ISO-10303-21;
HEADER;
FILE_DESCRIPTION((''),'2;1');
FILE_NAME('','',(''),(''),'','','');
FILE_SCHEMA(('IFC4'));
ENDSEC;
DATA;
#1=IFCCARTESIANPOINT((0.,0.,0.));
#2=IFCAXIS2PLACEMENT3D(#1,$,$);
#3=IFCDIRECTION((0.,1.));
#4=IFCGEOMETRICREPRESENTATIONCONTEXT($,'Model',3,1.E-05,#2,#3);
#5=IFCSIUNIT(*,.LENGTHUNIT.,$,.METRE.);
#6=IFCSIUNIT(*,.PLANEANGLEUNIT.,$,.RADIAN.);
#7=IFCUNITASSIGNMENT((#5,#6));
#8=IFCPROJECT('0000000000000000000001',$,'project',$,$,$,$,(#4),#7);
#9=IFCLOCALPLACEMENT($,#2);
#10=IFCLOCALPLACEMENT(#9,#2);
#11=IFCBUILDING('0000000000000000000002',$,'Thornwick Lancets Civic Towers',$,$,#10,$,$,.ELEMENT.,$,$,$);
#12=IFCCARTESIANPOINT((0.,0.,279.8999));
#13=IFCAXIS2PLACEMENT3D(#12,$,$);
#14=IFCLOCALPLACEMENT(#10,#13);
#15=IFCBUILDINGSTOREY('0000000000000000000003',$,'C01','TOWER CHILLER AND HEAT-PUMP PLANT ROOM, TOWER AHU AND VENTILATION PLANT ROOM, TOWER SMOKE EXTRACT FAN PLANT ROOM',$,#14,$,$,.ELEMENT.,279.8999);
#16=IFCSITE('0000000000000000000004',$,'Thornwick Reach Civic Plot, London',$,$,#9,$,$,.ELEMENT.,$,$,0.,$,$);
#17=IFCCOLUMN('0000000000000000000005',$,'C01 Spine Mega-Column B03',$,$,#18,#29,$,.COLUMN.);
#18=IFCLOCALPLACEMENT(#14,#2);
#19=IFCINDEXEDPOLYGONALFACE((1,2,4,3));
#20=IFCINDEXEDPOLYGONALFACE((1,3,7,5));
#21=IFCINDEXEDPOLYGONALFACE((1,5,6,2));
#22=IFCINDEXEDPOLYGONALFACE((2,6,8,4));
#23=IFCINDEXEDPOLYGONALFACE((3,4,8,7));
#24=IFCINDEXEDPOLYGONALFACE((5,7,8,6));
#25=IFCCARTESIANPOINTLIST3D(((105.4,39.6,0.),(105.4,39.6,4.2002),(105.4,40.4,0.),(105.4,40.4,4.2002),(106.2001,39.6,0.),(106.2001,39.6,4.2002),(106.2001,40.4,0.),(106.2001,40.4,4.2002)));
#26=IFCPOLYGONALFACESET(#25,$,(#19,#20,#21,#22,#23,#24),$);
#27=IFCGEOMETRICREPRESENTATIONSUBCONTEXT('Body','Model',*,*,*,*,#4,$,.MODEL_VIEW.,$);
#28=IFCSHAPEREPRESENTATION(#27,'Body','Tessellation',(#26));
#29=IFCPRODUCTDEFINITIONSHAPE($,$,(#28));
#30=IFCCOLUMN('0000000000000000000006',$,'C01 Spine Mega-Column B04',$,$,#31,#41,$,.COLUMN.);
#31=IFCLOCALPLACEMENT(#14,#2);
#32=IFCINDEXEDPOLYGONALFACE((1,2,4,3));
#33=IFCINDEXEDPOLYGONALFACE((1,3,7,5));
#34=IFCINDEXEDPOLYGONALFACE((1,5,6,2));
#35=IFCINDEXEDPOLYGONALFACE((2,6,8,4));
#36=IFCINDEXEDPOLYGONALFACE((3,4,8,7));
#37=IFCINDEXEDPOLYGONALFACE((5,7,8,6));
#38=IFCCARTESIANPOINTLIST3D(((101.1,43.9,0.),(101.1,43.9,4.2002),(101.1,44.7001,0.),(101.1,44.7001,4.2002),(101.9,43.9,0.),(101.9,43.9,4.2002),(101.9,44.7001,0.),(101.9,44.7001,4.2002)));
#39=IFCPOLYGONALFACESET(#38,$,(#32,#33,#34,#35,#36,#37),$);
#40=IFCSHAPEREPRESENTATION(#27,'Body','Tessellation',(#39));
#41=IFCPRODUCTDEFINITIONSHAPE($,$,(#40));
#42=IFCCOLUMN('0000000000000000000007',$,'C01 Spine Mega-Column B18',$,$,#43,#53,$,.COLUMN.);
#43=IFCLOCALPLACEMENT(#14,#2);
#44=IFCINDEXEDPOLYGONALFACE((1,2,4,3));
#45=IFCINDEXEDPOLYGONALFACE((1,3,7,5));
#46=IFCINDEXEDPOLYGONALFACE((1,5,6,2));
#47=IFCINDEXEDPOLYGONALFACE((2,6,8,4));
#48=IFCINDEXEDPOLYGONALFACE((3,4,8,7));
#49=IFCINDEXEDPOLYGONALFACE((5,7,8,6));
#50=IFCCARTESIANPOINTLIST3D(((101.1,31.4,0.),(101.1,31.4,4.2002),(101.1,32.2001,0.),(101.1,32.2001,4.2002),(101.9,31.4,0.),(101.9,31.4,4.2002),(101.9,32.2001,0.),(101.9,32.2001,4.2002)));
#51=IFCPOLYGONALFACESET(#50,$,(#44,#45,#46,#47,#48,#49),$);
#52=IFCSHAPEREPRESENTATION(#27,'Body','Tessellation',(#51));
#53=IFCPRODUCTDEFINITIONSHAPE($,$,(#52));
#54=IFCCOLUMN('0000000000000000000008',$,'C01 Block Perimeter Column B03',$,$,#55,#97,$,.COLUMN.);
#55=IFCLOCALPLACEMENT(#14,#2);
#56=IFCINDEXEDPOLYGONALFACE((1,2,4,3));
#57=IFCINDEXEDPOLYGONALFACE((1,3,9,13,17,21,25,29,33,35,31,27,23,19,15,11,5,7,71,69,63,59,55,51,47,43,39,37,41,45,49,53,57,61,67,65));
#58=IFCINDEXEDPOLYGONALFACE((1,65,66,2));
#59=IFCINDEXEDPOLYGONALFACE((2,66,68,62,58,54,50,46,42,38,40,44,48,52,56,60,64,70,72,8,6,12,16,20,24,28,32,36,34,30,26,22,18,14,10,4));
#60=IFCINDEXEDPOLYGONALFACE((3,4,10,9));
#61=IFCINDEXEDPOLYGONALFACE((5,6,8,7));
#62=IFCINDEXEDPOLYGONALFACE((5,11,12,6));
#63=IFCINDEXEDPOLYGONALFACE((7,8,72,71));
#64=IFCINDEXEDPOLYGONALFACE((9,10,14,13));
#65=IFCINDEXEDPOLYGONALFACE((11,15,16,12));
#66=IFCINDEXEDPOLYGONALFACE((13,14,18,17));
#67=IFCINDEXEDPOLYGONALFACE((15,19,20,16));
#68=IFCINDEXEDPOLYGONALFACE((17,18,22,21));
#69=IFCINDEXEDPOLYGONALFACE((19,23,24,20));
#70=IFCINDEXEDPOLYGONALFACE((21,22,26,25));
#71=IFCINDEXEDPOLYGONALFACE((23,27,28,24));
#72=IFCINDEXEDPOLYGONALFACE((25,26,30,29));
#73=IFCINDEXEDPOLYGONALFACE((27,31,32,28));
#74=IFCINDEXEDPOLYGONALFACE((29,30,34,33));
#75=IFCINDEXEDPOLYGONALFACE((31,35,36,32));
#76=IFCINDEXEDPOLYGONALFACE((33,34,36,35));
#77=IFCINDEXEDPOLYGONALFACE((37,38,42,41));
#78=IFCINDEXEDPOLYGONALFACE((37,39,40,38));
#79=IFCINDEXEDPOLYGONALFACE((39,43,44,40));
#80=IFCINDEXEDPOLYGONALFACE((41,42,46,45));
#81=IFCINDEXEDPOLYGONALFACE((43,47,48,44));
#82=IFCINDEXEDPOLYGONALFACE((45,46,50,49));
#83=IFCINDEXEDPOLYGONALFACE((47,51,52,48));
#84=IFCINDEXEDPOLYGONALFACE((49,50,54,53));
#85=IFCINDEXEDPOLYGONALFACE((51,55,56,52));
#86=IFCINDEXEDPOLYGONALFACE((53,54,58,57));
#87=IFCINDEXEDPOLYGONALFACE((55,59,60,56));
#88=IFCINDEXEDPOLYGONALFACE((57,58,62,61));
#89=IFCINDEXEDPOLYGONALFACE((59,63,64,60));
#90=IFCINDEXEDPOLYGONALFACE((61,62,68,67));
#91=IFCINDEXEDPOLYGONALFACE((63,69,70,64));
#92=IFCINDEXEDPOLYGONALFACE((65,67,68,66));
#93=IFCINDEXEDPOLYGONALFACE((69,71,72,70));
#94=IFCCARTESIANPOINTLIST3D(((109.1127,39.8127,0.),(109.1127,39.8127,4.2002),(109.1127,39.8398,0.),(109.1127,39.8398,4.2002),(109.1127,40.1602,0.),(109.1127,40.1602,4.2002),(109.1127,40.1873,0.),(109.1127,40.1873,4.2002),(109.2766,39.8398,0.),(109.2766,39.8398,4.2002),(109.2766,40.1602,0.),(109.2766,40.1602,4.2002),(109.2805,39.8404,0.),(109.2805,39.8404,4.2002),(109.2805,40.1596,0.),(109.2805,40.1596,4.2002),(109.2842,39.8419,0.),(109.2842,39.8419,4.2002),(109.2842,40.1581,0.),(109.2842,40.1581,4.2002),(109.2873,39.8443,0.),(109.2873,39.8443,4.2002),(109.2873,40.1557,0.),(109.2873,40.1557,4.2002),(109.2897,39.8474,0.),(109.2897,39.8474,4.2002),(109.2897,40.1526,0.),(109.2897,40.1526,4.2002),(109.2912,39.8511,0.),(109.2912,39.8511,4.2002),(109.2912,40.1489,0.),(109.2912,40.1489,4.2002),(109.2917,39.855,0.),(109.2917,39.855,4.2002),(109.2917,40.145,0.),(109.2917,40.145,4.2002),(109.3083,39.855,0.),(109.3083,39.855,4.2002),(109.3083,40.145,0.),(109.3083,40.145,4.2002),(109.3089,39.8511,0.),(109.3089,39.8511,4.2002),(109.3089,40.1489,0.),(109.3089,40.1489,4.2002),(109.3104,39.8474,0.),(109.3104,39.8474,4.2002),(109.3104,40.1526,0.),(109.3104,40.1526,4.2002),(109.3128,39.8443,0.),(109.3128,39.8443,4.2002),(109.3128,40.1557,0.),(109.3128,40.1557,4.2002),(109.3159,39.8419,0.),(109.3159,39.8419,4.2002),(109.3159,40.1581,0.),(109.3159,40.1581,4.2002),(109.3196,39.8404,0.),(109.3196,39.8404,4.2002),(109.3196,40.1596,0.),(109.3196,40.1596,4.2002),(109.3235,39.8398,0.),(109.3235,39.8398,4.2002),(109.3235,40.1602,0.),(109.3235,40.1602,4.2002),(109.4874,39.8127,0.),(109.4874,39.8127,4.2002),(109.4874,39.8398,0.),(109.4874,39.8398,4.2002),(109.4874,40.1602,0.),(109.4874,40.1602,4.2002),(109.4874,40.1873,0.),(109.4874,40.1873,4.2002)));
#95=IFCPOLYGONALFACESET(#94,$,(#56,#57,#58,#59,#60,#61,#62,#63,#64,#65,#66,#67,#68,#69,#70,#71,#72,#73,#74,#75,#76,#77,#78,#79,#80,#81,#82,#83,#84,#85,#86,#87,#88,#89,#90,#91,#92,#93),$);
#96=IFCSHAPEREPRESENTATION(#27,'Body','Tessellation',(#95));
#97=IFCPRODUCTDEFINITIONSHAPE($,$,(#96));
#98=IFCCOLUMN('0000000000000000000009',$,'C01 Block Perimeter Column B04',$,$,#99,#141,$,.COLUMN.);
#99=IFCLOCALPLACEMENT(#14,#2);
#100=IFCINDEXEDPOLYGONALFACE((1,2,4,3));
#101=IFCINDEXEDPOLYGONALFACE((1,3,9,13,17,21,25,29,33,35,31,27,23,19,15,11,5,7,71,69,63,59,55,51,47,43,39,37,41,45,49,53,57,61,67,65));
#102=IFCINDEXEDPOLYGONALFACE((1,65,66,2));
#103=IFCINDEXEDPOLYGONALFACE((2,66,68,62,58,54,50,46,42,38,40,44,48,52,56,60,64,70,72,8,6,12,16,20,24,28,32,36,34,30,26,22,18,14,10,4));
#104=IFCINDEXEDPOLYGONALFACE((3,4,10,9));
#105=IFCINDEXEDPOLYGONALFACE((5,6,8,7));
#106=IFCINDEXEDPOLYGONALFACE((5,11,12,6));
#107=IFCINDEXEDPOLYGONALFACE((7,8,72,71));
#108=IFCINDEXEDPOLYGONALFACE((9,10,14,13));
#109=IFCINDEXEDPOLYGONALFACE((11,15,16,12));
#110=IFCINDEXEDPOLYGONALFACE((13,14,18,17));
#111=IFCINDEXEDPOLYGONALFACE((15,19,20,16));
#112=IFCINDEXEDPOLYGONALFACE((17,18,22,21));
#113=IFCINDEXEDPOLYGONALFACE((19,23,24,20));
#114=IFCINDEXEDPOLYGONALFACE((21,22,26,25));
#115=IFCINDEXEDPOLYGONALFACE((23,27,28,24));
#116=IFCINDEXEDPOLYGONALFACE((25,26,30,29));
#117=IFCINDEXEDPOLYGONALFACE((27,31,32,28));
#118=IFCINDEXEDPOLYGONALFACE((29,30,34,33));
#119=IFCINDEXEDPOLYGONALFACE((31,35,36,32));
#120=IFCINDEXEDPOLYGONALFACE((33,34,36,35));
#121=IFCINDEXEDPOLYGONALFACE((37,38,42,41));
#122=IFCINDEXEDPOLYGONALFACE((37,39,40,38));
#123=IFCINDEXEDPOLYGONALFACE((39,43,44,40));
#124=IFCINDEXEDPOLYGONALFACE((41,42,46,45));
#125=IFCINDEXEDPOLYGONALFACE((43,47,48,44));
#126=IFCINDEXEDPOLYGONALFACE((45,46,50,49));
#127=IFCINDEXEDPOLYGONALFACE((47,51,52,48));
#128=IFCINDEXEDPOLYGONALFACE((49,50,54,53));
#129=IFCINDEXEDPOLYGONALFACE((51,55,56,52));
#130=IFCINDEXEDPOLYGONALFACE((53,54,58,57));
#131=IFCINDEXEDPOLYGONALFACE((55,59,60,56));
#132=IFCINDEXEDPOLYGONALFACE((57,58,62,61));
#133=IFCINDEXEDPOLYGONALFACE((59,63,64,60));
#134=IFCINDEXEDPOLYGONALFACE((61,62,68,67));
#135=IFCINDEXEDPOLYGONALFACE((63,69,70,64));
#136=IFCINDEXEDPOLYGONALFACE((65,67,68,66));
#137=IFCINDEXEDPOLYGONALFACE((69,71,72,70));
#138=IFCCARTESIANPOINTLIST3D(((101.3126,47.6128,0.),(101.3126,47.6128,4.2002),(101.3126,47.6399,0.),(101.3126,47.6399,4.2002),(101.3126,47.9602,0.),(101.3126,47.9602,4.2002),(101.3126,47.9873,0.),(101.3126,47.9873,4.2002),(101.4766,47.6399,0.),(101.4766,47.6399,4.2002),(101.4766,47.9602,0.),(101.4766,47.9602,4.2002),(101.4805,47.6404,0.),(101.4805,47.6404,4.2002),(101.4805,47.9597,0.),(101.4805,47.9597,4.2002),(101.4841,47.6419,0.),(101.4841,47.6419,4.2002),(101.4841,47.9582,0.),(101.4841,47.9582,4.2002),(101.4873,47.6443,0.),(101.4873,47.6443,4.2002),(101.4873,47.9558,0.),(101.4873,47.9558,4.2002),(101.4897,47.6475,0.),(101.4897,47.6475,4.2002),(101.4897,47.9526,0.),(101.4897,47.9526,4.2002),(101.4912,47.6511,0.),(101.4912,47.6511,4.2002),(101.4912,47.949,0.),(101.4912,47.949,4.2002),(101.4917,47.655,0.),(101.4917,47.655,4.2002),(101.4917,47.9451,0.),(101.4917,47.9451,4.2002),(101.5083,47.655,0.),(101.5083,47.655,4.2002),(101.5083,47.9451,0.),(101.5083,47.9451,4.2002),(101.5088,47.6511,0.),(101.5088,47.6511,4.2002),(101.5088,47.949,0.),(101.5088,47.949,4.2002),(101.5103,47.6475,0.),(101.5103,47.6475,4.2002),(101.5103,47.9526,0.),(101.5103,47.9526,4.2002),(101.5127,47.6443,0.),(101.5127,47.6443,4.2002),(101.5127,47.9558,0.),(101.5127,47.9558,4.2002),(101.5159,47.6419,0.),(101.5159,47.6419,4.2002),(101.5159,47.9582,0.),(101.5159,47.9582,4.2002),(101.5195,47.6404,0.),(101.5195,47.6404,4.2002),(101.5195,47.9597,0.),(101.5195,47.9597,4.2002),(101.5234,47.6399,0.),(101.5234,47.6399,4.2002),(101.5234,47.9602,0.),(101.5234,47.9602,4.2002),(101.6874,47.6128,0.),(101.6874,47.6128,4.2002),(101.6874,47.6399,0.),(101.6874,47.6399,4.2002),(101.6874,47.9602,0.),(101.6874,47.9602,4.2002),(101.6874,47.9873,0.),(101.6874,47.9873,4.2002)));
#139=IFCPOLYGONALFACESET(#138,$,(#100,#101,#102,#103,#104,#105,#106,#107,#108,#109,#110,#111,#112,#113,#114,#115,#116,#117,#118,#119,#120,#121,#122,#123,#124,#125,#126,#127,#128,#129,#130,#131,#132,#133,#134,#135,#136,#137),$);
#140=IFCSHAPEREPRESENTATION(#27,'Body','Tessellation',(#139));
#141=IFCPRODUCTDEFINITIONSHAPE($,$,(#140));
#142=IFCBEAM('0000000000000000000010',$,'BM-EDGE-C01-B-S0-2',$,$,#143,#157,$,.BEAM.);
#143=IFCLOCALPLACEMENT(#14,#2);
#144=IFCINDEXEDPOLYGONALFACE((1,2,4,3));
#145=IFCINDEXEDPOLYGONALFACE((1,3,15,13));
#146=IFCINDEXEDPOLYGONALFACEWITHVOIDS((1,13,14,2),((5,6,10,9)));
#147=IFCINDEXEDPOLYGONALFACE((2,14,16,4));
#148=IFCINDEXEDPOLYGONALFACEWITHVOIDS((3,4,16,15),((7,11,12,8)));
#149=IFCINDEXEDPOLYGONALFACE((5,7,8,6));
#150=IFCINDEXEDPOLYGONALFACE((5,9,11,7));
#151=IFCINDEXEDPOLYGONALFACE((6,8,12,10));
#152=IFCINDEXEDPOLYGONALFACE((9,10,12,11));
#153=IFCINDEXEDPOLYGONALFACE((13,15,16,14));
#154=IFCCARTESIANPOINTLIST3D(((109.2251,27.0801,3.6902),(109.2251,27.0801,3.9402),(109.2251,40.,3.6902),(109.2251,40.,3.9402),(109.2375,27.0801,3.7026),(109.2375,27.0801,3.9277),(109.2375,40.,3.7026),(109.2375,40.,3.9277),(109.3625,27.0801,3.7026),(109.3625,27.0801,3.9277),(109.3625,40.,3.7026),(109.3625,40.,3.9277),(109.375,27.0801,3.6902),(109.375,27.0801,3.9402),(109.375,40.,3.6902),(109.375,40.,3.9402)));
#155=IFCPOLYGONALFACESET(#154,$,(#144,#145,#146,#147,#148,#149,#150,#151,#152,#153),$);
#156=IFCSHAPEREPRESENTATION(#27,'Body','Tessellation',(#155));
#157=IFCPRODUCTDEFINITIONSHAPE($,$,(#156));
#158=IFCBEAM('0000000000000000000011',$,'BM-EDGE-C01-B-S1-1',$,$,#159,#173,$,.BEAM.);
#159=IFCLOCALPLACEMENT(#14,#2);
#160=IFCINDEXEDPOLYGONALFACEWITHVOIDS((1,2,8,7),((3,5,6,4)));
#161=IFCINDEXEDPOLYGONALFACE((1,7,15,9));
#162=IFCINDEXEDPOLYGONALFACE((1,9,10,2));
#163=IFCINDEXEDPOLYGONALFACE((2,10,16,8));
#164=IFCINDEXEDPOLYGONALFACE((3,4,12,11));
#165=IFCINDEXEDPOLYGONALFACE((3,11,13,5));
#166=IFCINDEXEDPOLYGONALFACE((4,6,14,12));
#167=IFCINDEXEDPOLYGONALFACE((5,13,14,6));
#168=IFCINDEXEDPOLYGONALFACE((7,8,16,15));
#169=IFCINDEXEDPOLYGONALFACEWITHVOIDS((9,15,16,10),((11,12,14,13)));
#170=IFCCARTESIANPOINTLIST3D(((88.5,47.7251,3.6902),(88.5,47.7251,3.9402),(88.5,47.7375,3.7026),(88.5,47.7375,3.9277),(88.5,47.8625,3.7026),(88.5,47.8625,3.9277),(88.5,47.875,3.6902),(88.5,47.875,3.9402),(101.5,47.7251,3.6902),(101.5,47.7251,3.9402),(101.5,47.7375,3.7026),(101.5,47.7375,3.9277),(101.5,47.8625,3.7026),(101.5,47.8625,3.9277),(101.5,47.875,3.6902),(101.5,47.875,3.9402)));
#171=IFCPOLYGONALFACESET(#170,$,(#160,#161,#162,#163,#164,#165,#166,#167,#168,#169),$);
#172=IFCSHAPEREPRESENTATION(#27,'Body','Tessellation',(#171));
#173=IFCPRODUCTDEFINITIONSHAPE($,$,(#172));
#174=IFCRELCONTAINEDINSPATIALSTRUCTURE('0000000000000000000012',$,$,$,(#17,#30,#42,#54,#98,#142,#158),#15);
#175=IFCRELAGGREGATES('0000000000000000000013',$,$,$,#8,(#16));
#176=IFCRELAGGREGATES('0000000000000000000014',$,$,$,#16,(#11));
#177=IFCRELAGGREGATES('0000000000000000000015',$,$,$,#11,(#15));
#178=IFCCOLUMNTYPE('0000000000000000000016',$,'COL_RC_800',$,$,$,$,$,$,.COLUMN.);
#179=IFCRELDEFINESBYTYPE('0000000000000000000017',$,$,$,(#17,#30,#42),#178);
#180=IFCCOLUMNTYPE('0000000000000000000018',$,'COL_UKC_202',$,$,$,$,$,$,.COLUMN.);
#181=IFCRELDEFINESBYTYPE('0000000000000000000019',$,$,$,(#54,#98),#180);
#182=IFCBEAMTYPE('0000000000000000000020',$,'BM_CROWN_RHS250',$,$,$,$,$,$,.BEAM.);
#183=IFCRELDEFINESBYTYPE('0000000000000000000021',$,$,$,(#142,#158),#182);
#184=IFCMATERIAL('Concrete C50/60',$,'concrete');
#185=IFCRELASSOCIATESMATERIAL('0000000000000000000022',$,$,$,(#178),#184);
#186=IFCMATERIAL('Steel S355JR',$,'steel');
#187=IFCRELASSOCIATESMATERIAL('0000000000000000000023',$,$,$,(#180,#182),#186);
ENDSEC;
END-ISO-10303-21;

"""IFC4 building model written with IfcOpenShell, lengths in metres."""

from ifc_helpers import new_model, si_unit, direction, frame, origin, origin_2d, place, context, subcontext, project, spatial, rectangle, hollow_rectangle, i_section, extrude, material, material_profile, profile_set, type_object, element, save


model = new_model("IFC4")

# Units and contexts
model_context = context("Model", 3, precision=1e-05, world=origin(), true_north=direction((0.0, 1.0)))
body_context = subcontext(model_context, "Body", "Model", "MODEL_VIEW")
ifc_project = project(units=[si_unit("LENGTHUNIT", "METRE"), si_unit("PLANEANGLEUNIT", "RADIAN")], contexts=[model_context])

# Site, building, storey
site_placement = place(None, origin())
site = spatial("IfcSite", under=ifc_project, at=site_placement, Name="Thornwick Reach Civic Plot, London", CompositionType="ELEMENT", RefElevation=0.0)
building_placement = place(site_placement, origin())
building = spatial("IfcBuilding", under=site, at=building_placement, Name="Thornwick Lancets Civic Towers", CompositionType="ELEMENT")
storey_placement = place(building_placement, frame((0.0, 0.0, 279.8999)))
storey = spatial("IfcBuildingStorey", under=building, at=storey_placement, Name="C01", Description="TOWER CHILLER AND HEAT-PUMP PLANT ROOM, TOWER AHU AND VENTILATION PLANT ROOM, TOWER SMOKE EXTRACT FAN PLANT ROOM", CompositionType="ELEMENT", Elevation=279.8999)

# Columns
ifc_material_1 = material(Name="Concrete C50/60", Category="concrete")
ifc_material_profile_1 = material_profile(ifc_material_1, rectangle(XDim=0.8, YDim=0.8, at=origin_2d()), Name="RC 800x800")
ifc_profile_set_1 = profile_set([ifc_material_profile_1], Name="Concrete C50/60")
column_type_1 = type_object("IfcColumnType", Name="COL_RC_800", PredefinedType="COLUMN", material=ifc_profile_set_1)
for number, where, z_axis, x_axis, name in (
    (1, (105.8, 40.0, 0.0), (0.0, 0.0, 1.0), (1.0, 0.0, 0.0), "C01 Spine Mega-Column B03"),
    (2, (101.5, 44.3, 0.0), (0.0, 0.0, 1.0), (1.0, 0.0, 0.0), "C01 Spine Mega-Column B04"),
    (3, (101.5, 31.8, 0.0), (0.0, 0.0, 1.0), (1.0, 0.0, 0.0), "C01 Spine Mega-Column B18"),
):
    element("IfcColumn", number, at=place(storey_placement, frame(where, z_axis=z_axis, x_axis=x_axis)), inside=storey, type_object=column_type_1, Name=name, PredefinedType="COLUMN", context=body_context, shape_type="SweptSolid", body=[
        extrude(rectangle(XDim=0.8, YDim=0.8, at=origin_2d()), origin(), (0.0, 0.0, 1.0), 4.2002),
    ])
ifc_material_2 = material(Name="Steel S355JR", Category="steel")
ifc_material_profile_2 = material_profile(ifc_material_2, i_section(OverallWidth=0.3748, OverallDepth=0.3745, WebThickness=0.0166, FlangeThickness=0.0271, FilletRadius=0.0151, at=origin_2d()), Name="UKC 356x368x202")
ifc_profile_set_2 = profile_set([ifc_material_profile_2], Name="Steel S355JR")
column_type_2 = type_object("IfcColumnType", Name="COL_UKC_202", PredefinedType="COLUMN", material=ifc_profile_set_2)
for number, where, z_axis, x_axis, name in (
    (4, (109.3, 40.0, 0.0), (0.0, 0.0, 1.0), (1.0, 0.0, 0.0), "C01 Block Perimeter Column B03"),
    (5, (101.5, 47.8, 0.0), (0.0, 0.0, 1.0), (1.0, 0.0, 0.0), "C01 Block Perimeter Column B04"),
):
    element("IfcColumn", number, at=place(storey_placement, frame(where, z_axis=z_axis, x_axis=x_axis)), inside=storey, type_object=column_type_2, Name=name, PredefinedType="COLUMN", context=body_context, shape_type="SweptSolid", body=[
        extrude(i_section(OverallWidth=0.3748, OverallDepth=0.3745, WebThickness=0.0166, FlangeThickness=0.0271, FilletRadius=0.0151, at=origin_2d()), origin(), (0.0, 0.0, 1.0), 4.2002),
    ])

# Beams
ifc_material_profile_3 = material_profile(ifc_material_2, hollow_rectangle(XDim=0.1499, YDim=0.25, WallThickness=0.0125, at=origin_2d()), Name="RHS 250x150x12.5")
ifc_profile_set_3 = profile_set([ifc_material_profile_3], Name="Steel S355JR")
beam_type_1 = type_object("IfcBeamType", Name="BM_CROWN_RHS250", PredefinedType="BEAM", material=ifc_profile_set_3)
beam_1_placement = place(storey_placement, frame((109.3, 27.0801, 3.8152), z_axis=(0.0, 1.0, 0.0), x_axis=(-1.0, 0.0, 0.0)))
element("IfcBeam", 6, at=beam_1_placement, inside=storey, type_object=beam_type_1, Name="BM-EDGE-C01-B-S0-2", PredefinedType="BEAM", context=body_context, shape_type="SweptSolid", body=[
    extrude(hollow_rectangle(XDim=0.1499, YDim=0.25, WallThickness=0.0125, at=origin_2d()), origin(), (0.0, 0.0, 1.0), 12.9199),
])
beam_2_placement = place(storey_placement, frame((101.5, 47.8, 3.8152), z_axis=(-1.0, 0.0, 0.0), x_axis=(0.0, -1.0, 0.0)))
element("IfcBeam", 7, at=beam_2_placement, inside=storey, type_object=beam_type_1, Name="BM-EDGE-C01-B-S1-1", PredefinedType="BEAM", context=body_context, shape_type="SweptSolid", body=[
    extrude(hollow_rectangle(XDim=0.1499, YDim=0.25, WallThickness=0.0125, at=origin_2d()), origin(), (0.0, 0.0, 1.0), 13.0),
])

save(model, "model.ifc")
